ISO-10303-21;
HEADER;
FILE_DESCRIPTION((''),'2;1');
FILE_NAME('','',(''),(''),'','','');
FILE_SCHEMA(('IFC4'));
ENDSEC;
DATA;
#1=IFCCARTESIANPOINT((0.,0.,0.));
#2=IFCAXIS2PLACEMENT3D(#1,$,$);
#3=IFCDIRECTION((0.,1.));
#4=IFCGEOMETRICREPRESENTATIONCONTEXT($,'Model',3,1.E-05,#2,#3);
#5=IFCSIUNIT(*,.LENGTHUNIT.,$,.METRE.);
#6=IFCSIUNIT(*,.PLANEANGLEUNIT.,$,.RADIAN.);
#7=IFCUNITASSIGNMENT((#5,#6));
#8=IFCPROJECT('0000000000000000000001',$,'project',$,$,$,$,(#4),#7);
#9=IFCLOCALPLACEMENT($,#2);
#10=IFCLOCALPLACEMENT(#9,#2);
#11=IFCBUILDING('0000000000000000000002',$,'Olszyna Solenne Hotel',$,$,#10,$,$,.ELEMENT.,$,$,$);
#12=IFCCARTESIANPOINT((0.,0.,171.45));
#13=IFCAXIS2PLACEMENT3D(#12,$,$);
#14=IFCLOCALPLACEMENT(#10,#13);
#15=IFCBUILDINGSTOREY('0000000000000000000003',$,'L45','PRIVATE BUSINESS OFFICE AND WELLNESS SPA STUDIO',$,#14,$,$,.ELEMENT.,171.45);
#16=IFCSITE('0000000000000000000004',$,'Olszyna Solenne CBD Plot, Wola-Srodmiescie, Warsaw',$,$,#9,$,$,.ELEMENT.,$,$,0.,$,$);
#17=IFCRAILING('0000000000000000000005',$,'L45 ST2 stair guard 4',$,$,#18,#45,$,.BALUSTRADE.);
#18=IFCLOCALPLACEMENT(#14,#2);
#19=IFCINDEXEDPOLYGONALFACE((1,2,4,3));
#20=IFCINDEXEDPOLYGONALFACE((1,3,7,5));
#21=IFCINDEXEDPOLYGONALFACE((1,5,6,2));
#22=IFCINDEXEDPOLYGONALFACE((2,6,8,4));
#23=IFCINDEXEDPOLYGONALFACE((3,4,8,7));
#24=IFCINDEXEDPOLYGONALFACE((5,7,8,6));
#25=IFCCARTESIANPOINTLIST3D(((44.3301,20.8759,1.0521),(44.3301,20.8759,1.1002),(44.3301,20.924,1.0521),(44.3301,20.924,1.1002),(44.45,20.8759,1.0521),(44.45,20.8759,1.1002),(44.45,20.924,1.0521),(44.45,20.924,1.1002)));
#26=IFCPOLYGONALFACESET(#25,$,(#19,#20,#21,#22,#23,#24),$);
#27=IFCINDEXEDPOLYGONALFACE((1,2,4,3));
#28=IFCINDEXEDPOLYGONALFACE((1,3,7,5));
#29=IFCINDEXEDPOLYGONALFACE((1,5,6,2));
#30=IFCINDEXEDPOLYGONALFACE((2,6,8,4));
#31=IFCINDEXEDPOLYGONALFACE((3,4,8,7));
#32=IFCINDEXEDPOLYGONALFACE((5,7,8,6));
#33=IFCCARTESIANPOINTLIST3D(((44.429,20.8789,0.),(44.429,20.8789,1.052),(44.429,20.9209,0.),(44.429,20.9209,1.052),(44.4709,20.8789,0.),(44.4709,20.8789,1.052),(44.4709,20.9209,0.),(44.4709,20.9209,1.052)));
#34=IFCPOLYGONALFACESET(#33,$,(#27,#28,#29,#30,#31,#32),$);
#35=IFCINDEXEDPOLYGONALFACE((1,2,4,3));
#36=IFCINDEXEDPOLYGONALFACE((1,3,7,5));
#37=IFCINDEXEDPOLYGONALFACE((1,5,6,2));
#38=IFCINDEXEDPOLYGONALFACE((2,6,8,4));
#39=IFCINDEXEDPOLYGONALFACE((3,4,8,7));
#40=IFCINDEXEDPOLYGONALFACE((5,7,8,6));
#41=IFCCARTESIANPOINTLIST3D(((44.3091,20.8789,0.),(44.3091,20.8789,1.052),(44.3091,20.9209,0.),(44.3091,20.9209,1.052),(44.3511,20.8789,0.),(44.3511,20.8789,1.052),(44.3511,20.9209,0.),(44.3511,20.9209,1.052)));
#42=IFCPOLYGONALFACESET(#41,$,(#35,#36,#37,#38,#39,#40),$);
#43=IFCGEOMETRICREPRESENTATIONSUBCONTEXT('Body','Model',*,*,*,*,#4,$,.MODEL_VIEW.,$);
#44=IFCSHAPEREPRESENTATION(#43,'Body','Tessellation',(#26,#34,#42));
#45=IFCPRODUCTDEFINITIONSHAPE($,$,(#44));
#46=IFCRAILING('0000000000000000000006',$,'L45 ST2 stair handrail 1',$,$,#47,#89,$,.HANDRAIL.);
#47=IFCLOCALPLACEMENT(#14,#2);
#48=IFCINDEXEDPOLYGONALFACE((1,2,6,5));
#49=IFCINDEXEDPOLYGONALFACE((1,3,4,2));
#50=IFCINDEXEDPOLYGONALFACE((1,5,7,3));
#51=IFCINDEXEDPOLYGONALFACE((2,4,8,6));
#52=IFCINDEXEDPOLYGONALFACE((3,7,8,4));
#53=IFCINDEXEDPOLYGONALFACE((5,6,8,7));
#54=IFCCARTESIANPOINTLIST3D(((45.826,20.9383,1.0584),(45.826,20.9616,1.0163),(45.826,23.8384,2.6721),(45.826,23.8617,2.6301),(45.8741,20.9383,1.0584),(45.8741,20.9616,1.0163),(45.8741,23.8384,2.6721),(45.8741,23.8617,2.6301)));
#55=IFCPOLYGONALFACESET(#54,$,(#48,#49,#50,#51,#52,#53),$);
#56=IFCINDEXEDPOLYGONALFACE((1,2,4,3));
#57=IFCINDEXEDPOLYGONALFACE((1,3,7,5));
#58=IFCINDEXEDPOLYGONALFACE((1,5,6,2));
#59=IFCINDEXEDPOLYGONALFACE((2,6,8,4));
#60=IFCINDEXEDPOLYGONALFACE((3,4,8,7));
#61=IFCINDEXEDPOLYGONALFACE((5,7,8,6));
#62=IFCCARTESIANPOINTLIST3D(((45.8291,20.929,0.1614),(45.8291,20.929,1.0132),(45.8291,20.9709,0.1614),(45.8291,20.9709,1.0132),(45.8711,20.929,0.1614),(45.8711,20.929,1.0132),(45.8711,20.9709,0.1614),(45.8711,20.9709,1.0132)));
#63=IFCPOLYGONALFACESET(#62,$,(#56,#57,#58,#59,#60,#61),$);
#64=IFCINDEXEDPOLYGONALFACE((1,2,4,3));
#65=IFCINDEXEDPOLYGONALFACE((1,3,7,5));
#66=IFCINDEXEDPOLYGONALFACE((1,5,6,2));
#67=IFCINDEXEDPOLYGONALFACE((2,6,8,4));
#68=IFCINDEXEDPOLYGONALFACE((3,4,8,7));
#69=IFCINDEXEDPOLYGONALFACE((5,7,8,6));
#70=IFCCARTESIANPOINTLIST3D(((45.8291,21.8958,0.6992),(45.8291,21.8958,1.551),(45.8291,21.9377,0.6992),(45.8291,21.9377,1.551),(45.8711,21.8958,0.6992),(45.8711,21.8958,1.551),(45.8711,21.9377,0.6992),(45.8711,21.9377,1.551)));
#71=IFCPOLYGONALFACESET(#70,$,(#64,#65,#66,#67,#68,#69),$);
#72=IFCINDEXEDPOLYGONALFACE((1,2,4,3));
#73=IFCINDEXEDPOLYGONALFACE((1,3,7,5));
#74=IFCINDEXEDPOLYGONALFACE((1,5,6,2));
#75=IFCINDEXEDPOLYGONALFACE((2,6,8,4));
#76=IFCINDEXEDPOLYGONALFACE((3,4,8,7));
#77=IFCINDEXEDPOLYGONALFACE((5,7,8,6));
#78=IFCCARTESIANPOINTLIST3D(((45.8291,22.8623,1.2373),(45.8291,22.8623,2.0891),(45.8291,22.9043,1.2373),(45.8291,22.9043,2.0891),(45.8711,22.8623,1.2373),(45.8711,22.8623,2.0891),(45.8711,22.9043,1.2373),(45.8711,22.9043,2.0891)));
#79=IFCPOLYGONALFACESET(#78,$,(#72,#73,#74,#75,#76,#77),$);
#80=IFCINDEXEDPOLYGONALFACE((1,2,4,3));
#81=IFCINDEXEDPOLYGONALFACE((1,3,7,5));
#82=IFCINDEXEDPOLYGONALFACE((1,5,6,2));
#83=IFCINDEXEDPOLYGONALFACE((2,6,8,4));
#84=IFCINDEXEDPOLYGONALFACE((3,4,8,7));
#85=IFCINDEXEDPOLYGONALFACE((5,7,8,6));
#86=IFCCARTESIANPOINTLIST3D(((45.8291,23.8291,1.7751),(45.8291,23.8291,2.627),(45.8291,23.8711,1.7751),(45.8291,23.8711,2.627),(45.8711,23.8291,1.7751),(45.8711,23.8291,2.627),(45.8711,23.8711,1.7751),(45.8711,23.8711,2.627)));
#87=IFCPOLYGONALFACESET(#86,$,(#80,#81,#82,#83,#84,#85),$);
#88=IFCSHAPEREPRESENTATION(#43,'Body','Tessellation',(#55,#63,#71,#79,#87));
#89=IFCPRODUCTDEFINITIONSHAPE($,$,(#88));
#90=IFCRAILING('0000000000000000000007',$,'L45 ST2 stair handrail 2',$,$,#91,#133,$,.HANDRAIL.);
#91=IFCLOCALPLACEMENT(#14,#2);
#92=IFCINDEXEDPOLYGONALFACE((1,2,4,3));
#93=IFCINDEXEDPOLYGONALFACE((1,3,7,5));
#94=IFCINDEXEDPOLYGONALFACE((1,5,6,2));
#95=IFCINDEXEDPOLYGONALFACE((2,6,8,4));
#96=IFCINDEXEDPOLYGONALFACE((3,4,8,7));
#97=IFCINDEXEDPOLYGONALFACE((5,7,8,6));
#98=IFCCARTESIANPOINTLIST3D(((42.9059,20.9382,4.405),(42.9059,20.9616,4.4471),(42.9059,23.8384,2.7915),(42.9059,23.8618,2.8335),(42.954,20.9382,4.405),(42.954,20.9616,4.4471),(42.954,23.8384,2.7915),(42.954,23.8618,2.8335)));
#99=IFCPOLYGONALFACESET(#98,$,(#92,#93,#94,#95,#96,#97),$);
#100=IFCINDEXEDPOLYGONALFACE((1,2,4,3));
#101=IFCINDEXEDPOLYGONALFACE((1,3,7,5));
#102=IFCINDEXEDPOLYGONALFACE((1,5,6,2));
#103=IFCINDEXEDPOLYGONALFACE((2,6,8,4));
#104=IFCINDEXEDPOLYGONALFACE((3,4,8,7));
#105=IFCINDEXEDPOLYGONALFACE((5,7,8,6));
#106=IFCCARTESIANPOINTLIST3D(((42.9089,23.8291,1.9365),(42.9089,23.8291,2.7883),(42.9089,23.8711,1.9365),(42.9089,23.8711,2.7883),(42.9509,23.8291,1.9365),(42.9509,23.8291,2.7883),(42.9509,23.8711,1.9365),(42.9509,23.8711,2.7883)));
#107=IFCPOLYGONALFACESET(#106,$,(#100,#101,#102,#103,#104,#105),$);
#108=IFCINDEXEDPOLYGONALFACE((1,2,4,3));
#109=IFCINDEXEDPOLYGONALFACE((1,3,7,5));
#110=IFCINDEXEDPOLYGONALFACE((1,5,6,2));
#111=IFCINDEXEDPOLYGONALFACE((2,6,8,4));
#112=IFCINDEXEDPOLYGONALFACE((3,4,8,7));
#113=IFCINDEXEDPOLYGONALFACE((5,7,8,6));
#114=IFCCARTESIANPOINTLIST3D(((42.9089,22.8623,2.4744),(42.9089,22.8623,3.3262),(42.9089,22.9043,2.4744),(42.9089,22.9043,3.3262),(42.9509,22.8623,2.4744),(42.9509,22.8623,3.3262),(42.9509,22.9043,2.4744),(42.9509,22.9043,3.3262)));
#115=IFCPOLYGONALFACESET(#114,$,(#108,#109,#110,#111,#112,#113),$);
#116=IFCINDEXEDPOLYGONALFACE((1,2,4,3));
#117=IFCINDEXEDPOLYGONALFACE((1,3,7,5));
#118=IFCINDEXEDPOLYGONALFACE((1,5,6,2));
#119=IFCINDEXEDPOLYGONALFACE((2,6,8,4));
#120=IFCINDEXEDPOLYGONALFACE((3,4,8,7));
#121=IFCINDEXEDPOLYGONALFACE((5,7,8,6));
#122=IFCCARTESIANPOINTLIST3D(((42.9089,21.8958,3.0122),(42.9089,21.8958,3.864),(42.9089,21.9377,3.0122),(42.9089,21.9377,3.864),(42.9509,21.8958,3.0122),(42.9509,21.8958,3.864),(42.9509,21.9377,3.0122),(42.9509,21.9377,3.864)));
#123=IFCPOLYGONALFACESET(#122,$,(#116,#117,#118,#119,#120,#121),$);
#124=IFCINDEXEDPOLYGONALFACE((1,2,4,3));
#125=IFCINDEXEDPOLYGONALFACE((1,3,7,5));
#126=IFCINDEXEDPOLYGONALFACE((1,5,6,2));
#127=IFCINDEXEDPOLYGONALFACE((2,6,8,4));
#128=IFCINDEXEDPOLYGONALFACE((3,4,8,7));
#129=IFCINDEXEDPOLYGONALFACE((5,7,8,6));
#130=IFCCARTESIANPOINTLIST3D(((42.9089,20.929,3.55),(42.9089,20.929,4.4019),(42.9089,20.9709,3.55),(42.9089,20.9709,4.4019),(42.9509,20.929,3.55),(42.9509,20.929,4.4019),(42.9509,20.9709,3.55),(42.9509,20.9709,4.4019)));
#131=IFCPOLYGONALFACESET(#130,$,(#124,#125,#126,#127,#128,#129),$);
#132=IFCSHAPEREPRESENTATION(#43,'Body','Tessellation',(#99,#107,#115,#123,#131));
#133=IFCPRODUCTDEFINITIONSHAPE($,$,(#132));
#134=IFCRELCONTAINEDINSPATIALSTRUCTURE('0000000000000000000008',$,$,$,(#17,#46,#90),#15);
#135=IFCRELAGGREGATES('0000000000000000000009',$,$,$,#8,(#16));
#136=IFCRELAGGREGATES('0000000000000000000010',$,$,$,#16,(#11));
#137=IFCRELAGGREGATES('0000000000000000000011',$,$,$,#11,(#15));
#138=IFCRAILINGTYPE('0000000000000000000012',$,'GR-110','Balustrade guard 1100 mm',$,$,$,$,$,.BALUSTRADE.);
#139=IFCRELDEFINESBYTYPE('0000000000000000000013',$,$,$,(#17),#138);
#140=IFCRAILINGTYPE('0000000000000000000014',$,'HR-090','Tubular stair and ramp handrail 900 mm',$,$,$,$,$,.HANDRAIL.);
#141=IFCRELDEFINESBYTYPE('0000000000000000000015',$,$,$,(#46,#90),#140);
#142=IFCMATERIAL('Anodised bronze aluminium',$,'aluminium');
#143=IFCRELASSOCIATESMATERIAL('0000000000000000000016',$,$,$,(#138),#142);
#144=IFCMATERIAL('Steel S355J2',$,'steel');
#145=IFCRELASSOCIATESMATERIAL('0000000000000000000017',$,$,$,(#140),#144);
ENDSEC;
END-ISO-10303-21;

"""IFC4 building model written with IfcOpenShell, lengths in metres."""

from ifc_helpers import new_model, si_unit, direction, frame, origin, origin_2d, place, context, subcontext, project, spatial, rectangle, extrude, material, type_object, element, save


model = new_model("IFC4")

# Units and contexts
model_context = context("Model", 3, precision=1e-05, world=origin(), true_north=direction((0.0, 1.0)))
body_context = subcontext(model_context, "Body", "Model", "MODEL_VIEW")
ifc_project = project(units=[si_unit("LENGTHUNIT", "METRE"), si_unit("PLANEANGLEUNIT", "RADIAN")], contexts=[model_context])

# Site, building, storey
site_placement = place(None, origin())
site = spatial("IfcSite", under=ifc_project, at=site_placement, Name="Olszyna Solenne CBD Plot, Wola-Srodmiescie, Warsaw", CompositionType="ELEMENT", RefElevation=0.0)
building_placement = place(site_placement, origin())
building = spatial("IfcBuilding", under=site, at=building_placement, Name="Olszyna Solenne Hotel", CompositionType="ELEMENT")
storey_placement = place(building_placement, frame((0.0, 0.0, 171.45)))
storey = spatial("IfcBuildingStorey", under=building, at=storey_placement, Name="L45", Description="PRIVATE BUSINESS OFFICE AND WELLNESS SPA STUDIO", CompositionType="ELEMENT", Elevation=171.45)

# Shared definitions
ifc_material_1 = material(Name="Steel S355J2", Category="steel")

# Shared definitions
ifc_material_2 = material(Name="Anodised bronze aluminium", Category="aluminium")

# Railings
railing_type_1 = type_object("IfcRailingType", Name="GR-110", Description="Balustrade guard 1100 mm", PredefinedType="BALUSTRADE", material=ifc_material_2)
railing_1_placement = place(storey_placement, frame((44.45, 20.8999, 0.0)))
element("IfcRailing", 1, at=railing_1_placement, inside=storey, type_object=railing_type_1, Name="L45 ST2 stair guard 4", PredefinedType="BALUSTRADE", context=body_context, shape_type="SweptSolid", body=[
    extrude(rectangle(XDim=0.0481, YDim=0.0481, at=origin_2d()), frame((0.0, 0.0, 1.0762), z_axis=(-1.0, 0.0, 0.0), x_axis=(0.0, -1.0, 0.0)), (0.0, 0.0, 1.0), 0.1199),
    extrude(rectangle(XDim=0.042, YDim=0.042, at=origin_2d()), origin(), (0.0, 0.0, 1.0), 1.052),
    extrude(rectangle(XDim=0.042, YDim=0.042, at=origin_2d()), frame((-0.1199, 0.0, 0.0)), (0.0, 0.0, 1.0), 1.052),
])
railing_type_2 = type_object("IfcRailingType", Name="HR-090", Description="Tubular stair and ramp handrail 900 mm", PredefinedType="HANDRAIL", material=ifc_material_1)
railing_2_placement = place(storey_placement, frame((45.8501, 20.95, 0.1614)))
element("IfcRailing", 2, at=railing_2_placement, inside=storey, type_object=railing_type_2, Name="L45 ST2 stair handrail 1", PredefinedType="HANDRAIL", context=body_context, shape_type="SweptSolid", body=[
    extrude(rectangle(XDim=0.0481, YDim=0.0481, at=origin_2d()), frame((0.0, 0.0, 0.876), z_axis=(0.0, 0.873827, 0.486236), x_axis=(-1.0, 0.0, 0.0)), (0.0, 0.0, 1.0), 3.3188),
    extrude(rectangle(XDim=0.042, YDim=0.042, at=origin_2d()), origin(), (0.0, 0.0, 1.0), 0.8518),
    extrude(rectangle(XDim=0.042, YDim=0.042, at=origin_2d()), frame((0.0, 0.9668, 0.5378)), (0.0, 0.0, 1.0), 0.8518),
    extrude(rectangle(XDim=0.042, YDim=0.042, at=origin_2d()), frame((0.0, 1.9333, 1.0759)), (0.0, 0.0, 1.0), 0.8518),
    extrude(rectangle(XDim=0.042, YDim=0.042, at=origin_2d()), frame((0.0, 2.9001, 1.6138)), (0.0, 0.0, 1.0), 0.8518),
])
railing_3_placement = place(storey_placement, frame((42.9299, 23.8501, 1.9365)))
element("IfcRailing", 3, at=railing_3_placement, inside=storey, type_object=railing_type_2, Name="L45 ST2 stair handrail 2", PredefinedType="HANDRAIL", context=body_context, shape_type="SweptSolid", body=[
    extrude(rectangle(XDim=0.0481, YDim=0.0481, at=origin_2d()), frame((0.0, 0.0, 0.876), z_axis=(0.0, -0.873859, 0.48618), x_axis=(1.0, 0.0, 0.0)), (0.0, 0.0, 1.0), 3.3188),
    extrude(rectangle(XDim=0.042, YDim=0.042, at=origin_2d()), origin(), (0.0, 0.0, 1.0), 0.8518),
    extrude(rectangle(XDim=0.042, YDim=0.042, at=origin_2d()), frame((0.0, -0.9668, 0.5378)), (0.0, 0.0, 1.0), 0.8518),
    extrude(rectangle(XDim=0.042, YDim=0.042, at=origin_2d()), frame((0.0, -1.9333, 1.0757)), (0.0, 0.0, 1.0), 0.8518),
    extrude(rectangle(XDim=0.042, YDim=0.042, at=origin_2d()), frame((0.0, -2.9001, 1.6135)), (0.0, 0.0, 1.0), 0.8518),
])

save(model, "model.ifc")
